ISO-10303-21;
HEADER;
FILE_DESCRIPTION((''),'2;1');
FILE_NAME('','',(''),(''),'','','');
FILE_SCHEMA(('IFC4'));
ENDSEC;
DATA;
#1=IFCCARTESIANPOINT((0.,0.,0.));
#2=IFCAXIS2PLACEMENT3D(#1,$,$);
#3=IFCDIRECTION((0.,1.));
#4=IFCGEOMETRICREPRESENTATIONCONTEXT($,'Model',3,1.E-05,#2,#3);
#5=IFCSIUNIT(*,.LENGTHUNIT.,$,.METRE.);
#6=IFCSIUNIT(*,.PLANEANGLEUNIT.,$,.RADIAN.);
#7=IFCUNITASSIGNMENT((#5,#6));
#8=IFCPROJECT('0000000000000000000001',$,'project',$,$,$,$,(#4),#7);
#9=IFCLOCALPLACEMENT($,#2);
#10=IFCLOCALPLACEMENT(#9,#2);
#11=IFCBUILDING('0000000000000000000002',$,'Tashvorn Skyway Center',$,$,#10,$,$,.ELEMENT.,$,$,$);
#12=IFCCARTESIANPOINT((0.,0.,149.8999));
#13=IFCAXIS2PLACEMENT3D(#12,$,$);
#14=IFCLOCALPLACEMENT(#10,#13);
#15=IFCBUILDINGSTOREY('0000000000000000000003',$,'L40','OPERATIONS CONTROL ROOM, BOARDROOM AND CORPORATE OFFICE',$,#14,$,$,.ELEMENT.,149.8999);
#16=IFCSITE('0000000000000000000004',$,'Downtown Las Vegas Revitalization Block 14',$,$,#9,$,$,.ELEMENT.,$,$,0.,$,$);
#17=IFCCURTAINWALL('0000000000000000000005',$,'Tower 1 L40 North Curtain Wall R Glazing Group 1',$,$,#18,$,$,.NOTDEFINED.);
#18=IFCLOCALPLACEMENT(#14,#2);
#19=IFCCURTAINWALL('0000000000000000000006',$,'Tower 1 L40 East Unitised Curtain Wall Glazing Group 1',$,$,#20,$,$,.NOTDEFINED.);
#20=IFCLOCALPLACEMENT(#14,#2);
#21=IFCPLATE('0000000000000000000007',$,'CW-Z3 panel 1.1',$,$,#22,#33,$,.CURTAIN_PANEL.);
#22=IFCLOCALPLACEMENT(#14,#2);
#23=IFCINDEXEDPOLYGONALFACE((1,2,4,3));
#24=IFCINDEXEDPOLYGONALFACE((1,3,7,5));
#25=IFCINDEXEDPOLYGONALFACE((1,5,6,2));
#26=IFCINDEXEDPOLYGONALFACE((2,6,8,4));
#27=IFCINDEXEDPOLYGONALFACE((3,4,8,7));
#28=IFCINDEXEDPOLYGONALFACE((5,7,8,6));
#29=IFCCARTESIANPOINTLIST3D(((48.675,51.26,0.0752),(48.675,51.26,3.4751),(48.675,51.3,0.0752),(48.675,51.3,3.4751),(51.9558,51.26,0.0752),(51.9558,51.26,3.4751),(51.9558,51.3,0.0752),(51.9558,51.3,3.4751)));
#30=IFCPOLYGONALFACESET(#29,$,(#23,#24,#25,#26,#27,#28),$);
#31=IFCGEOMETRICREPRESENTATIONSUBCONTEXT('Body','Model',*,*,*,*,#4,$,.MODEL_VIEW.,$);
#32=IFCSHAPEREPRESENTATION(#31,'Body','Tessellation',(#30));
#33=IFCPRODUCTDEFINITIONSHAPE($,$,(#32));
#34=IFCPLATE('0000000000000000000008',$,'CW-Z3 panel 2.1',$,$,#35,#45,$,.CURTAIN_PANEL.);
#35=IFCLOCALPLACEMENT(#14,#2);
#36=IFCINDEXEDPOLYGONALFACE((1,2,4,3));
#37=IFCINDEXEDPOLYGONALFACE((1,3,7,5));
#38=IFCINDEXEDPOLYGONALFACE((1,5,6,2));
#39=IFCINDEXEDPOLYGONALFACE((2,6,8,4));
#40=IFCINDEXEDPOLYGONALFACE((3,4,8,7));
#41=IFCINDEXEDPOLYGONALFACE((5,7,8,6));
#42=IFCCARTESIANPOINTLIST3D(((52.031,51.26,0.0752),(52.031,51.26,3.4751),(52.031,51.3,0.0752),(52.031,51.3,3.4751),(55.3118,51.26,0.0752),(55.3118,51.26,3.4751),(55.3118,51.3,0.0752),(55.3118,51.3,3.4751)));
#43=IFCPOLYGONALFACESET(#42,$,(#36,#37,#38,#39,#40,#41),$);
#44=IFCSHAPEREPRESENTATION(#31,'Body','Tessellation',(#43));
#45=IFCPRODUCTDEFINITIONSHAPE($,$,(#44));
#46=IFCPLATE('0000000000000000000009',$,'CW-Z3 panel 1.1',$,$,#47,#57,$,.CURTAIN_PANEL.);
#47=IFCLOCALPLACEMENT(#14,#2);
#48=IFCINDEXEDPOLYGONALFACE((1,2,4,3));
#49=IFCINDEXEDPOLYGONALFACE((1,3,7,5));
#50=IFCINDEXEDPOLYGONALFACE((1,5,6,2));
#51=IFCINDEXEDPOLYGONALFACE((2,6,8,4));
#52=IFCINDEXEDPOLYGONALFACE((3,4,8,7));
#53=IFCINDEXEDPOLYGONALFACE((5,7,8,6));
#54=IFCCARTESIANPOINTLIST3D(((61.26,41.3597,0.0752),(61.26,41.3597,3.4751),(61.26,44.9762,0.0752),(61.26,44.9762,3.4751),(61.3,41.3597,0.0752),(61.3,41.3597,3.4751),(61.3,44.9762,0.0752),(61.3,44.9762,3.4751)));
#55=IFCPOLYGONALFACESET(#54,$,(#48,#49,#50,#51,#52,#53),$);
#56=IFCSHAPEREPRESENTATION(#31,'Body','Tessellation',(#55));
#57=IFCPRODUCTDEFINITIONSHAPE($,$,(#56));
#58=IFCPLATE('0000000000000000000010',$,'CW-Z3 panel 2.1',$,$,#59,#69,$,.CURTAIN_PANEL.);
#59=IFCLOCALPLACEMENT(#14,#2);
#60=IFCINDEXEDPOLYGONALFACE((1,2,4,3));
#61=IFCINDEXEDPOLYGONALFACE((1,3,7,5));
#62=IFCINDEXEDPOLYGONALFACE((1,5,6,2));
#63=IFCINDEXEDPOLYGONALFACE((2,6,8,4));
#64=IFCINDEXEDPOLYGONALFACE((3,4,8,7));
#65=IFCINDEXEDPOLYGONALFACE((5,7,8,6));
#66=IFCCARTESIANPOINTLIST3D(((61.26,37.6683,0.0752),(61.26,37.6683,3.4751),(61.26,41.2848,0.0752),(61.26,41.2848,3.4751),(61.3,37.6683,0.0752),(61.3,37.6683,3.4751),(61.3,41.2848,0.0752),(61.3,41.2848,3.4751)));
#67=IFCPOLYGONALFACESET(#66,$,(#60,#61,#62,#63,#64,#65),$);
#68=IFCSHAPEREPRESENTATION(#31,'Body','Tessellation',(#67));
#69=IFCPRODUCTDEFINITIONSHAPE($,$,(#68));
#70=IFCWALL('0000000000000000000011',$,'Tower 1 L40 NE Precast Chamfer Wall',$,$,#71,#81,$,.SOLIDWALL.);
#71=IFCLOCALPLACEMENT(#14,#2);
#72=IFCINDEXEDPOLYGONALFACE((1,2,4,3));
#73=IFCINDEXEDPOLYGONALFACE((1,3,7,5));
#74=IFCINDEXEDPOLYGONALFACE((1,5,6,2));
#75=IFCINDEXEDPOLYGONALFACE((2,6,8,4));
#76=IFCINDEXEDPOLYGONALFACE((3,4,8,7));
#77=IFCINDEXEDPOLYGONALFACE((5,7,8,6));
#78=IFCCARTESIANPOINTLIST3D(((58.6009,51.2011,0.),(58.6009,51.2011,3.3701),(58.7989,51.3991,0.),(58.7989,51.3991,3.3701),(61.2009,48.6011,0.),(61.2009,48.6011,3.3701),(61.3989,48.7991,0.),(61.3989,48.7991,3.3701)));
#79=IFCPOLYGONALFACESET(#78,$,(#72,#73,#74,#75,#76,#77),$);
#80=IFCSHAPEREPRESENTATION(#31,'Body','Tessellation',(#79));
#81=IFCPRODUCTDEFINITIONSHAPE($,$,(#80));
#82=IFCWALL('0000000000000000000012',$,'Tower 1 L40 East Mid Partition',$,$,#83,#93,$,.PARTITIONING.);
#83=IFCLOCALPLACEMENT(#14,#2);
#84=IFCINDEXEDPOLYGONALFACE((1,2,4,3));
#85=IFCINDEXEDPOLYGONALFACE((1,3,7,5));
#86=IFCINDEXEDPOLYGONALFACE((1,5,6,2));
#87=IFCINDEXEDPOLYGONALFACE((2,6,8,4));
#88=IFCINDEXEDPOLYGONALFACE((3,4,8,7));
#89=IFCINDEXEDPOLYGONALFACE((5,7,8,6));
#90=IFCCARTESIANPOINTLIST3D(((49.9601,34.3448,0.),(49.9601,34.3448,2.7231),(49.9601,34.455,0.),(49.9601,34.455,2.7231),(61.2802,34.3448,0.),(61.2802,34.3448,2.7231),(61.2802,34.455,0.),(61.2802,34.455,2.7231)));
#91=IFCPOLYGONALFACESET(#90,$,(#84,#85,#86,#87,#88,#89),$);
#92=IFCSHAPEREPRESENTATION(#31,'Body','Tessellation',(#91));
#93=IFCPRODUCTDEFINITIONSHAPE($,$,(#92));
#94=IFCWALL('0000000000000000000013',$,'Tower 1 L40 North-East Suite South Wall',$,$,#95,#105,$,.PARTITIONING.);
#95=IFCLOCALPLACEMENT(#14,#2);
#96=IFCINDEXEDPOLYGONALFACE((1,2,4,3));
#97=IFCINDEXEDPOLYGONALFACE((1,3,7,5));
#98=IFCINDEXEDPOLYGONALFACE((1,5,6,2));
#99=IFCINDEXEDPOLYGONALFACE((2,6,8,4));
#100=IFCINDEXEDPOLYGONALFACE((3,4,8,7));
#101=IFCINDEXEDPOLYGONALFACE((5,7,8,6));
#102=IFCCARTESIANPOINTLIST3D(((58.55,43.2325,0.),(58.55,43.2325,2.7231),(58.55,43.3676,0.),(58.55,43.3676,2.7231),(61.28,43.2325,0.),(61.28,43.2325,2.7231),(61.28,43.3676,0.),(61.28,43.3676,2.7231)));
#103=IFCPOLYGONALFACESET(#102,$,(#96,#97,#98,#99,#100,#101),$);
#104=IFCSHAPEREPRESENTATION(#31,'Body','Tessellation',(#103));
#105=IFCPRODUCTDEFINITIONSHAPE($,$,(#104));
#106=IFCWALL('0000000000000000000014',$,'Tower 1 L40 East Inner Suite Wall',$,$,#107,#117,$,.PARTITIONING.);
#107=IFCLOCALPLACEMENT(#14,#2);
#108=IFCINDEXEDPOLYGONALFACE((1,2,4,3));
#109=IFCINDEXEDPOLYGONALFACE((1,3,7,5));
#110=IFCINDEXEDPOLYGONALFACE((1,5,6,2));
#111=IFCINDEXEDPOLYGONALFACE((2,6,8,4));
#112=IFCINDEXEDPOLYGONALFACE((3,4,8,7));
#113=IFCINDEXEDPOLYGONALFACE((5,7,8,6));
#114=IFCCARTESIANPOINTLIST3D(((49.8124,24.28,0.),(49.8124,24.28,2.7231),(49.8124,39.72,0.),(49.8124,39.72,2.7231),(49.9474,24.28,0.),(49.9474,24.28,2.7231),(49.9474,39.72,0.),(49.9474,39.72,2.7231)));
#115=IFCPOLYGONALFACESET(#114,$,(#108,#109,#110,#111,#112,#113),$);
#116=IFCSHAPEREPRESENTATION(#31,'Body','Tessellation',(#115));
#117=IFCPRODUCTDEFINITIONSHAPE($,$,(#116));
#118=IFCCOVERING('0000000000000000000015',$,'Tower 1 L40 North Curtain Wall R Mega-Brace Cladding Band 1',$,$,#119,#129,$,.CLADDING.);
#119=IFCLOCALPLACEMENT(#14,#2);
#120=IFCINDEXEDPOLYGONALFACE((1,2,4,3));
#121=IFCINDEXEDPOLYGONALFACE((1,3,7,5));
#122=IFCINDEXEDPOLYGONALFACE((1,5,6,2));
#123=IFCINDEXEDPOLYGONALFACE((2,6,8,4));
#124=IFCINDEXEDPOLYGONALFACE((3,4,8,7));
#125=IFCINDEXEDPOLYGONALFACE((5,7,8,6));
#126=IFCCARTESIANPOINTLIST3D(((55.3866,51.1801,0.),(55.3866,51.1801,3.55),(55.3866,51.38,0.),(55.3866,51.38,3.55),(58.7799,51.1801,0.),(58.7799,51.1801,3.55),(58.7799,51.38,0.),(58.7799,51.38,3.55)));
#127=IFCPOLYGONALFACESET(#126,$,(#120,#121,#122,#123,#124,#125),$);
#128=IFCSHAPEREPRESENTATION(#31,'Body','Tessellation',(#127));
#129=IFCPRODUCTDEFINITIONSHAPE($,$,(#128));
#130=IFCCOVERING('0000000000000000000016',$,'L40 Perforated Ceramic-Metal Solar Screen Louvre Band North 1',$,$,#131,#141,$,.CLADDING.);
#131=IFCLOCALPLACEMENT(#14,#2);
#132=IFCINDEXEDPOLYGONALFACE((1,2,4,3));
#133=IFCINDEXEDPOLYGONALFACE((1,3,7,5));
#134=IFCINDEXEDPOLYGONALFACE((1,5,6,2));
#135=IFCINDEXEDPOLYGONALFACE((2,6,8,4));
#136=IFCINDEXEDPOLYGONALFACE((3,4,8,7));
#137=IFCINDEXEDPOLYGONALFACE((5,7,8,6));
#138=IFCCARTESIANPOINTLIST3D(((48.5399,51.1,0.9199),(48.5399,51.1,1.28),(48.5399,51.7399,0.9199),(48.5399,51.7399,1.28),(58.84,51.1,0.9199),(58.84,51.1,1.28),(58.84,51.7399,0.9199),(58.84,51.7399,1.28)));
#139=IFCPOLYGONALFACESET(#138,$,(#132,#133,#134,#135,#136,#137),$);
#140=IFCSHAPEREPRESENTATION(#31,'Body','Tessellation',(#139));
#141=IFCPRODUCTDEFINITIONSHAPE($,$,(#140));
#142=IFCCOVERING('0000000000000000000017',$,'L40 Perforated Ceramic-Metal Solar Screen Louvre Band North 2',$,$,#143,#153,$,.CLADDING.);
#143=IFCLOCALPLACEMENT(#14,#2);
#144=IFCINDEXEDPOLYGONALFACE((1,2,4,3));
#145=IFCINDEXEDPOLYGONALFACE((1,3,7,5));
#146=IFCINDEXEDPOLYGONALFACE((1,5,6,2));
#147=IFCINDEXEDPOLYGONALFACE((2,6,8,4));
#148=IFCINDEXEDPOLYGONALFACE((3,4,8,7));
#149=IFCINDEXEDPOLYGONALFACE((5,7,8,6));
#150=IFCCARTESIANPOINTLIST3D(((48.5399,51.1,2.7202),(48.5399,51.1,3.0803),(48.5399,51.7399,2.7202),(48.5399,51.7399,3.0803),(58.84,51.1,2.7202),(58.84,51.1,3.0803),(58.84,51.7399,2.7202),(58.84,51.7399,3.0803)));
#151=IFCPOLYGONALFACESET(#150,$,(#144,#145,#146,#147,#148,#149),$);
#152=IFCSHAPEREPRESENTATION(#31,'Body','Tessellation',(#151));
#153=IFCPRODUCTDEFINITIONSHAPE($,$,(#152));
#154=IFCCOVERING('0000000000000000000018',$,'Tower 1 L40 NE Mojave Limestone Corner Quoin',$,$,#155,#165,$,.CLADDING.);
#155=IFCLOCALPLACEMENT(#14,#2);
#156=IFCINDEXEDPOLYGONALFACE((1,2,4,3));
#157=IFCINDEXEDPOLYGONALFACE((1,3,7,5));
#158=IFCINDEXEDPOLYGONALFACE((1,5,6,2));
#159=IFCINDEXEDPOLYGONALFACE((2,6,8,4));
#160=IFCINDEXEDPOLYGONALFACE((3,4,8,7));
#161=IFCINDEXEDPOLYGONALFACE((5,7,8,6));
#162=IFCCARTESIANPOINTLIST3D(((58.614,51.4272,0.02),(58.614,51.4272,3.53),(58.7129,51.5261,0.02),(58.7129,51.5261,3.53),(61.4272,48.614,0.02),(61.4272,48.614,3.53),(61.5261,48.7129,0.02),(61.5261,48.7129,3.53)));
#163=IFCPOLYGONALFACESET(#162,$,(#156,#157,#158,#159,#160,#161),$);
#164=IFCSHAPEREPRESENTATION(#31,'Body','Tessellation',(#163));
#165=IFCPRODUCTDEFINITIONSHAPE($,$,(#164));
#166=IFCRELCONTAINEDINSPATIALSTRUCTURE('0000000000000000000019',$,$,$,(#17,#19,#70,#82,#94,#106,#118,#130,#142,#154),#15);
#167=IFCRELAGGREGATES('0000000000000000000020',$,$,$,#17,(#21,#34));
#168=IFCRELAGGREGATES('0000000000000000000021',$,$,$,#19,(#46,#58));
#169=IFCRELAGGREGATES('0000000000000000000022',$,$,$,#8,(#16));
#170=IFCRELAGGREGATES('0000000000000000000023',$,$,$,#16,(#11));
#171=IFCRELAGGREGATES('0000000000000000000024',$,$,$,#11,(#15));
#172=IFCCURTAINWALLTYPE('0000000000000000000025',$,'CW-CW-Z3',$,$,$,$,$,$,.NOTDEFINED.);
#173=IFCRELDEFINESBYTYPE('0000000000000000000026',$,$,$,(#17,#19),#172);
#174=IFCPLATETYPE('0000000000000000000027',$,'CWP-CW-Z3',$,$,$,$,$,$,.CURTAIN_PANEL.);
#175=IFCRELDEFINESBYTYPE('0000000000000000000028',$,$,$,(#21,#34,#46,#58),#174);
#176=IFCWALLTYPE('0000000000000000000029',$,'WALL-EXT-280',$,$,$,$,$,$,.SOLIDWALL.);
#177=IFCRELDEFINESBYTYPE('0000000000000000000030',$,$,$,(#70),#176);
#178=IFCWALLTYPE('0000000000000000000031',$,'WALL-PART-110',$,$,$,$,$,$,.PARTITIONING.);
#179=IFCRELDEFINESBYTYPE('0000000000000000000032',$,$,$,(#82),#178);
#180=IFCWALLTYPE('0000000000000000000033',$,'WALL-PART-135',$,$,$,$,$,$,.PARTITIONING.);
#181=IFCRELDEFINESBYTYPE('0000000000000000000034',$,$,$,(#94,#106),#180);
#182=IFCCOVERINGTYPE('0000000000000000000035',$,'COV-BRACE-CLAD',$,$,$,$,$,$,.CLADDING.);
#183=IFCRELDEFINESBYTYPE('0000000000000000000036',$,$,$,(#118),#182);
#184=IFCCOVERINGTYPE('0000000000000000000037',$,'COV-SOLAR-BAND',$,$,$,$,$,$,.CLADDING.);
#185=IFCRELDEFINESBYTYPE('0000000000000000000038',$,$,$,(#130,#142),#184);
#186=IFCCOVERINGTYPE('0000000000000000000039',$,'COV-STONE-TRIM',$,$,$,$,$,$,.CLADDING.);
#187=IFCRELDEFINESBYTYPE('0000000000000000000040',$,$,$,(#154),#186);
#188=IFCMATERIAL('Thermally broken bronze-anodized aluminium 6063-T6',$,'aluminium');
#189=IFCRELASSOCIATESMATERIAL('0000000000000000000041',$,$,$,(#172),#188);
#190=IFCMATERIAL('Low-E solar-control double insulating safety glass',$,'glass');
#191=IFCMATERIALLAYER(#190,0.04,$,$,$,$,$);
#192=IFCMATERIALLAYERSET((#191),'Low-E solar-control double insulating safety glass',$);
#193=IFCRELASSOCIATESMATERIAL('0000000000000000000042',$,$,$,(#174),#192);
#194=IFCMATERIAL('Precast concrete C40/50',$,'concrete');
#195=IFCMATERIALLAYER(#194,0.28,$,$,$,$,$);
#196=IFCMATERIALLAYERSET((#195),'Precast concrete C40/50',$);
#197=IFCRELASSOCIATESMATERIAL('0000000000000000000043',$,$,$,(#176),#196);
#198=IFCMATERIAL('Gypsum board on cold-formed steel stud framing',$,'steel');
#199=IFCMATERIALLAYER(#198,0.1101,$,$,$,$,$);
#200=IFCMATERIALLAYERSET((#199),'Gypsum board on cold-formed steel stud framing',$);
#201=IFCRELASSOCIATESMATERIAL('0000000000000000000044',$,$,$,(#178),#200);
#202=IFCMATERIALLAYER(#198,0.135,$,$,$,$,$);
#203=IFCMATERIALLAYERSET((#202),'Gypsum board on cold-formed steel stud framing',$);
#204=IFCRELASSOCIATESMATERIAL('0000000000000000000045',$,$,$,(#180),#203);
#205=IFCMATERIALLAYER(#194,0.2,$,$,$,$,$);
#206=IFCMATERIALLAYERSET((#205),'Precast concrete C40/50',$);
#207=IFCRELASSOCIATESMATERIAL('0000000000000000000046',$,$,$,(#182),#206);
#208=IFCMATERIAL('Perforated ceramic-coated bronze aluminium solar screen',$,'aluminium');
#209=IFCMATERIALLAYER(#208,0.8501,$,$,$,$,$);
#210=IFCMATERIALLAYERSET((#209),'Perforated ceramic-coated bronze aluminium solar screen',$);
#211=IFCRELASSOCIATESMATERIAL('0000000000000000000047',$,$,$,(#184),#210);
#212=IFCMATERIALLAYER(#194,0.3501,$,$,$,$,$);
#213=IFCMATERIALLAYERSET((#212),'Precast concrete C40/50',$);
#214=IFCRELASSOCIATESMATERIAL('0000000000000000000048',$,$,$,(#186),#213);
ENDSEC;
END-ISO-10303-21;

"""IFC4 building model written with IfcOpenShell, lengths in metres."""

from ifc_helpers import new_model, si_unit, direction, frame, frame_2d, origin, origin_2d, place, context, subcontext, project, spatial, rectangle, extrude, material, layer, layer_set, type_object, element, aggregate, save


model = new_model("IFC4")

# Units and contexts
model_context = context("Model", 3, precision=1e-05, world=origin(), true_north=direction((0.0, 1.0)))
body_context = subcontext(model_context, "Body", "Model", "MODEL_VIEW")
ifc_project = project(units=[si_unit("LENGTHUNIT", "METRE"), si_unit("PLANEANGLEUNIT", "RADIAN")], contexts=[model_context])

# Site, building, storey
site_placement = place(None, origin())
site = spatial("IfcSite", under=ifc_project, at=site_placement, Name="Downtown Las Vegas Revitalization Block 14", CompositionType="ELEMENT", RefElevation=0.0)
building_placement = place(site_placement, origin())
building = spatial("IfcBuilding", under=site, at=building_placement, Name="Tashvorn Skyway Center", CompositionType="ELEMENT")
storey_placement = place(building_placement, frame((0.0, 0.0, 149.8999)))
storey = spatial("IfcBuildingStorey", under=building, at=storey_placement, Name="L40", Description="OPERATIONS CONTROL ROOM, BOARDROOM AND CORPORATE OFFICE", CompositionType="ELEMENT", Elevation=149.8999)

# Curtain walls
ifc_material_1 = material(Name="Thermally broken bronze-anodized aluminium 6063-T6", Category="aluminium")
curtain_wall_type = type_object("IfcCurtainWallType", Name="CW-CW-Z3", PredefinedType="NOTDEFINED", material=ifc_material_1)
curtain_wall_1_placement = place(storey_placement, origin())
curtain_wall_1 = element("IfcCurtainWall", 1, at=curtain_wall_1_placement, inside=storey, type_object=curtain_wall_type, Name="Tower 1 L40 North Curtain Wall R Glazing Group 1", PredefinedType="NOTDEFINED")
curtain_wall_2_placement = place(storey_placement, origin())
curtain_wall_2 = element("IfcCurtainWall", 2, at=curtain_wall_2_placement, inside=storey, type_object=curtain_wall_type, Name="Tower 1 L40 East Unitised Curtain Wall Glazing Group 1", PredefinedType="NOTDEFINED")

# Plates
ifc_material_2 = material(Name="Low-E solar-control double insulating safety glass", Category="glass")
ifc_layer_1 = layer(ifc_material_2, 0.04)
ifc_layer_set_1 = layer_set([ifc_layer_1], Name="Low-E solar-control double insulating safety glass")
plate_type = type_object("IfcPlateType", Name="CWP-CW-Z3", PredefinedType="CURTAIN_PANEL", material=ifc_layer_set_1)
plate_1_placement = place(storey_placement, frame((50.3154, 51.28, 0.0752), z_axis=(0.0, 0.0, 1.0), x_axis=(1.0, 0.0, 0.0)))
plate_1 = element("IfcPlate", 3, at=plate_1_placement, type_object=plate_type, Name="CW-Z3 panel 1.1", PredefinedType="CURTAIN_PANEL", context=body_context, shape_type="SweptSolid", body=[
    extrude(rectangle(XDim=3.2808, YDim=0.04, at=origin_2d()), origin(), (0.0, 0.0, 1.0), 3.3999),
])
plate_2_placement = place(storey_placement, frame((53.6714, 51.28, 0.0752), z_axis=(0.0, 0.0, 1.0), x_axis=(1.0, 0.0, 0.0)))
plate_2 = element("IfcPlate", 4, at=plate_2_placement, type_object=plate_type, Name="CW-Z3 panel 2.1", PredefinedType="CURTAIN_PANEL", context=body_context, shape_type="SweptSolid", body=[
    extrude(rectangle(XDim=3.2808, YDim=0.04, at=origin_2d()), origin(), (0.0, 0.0, 1.0), 3.3999),
])
aggregate(curtain_wall_1, [plate_1, plate_2])
plate_3_placement = place(storey_placement, frame((61.28, 43.168, 0.0752), z_axis=(0.0, 0.0, 1.0), x_axis=(0.0, -1.0, 0.0)))
plate_3 = element("IfcPlate", 5, at=plate_3_placement, type_object=plate_type, Name="CW-Z3 panel 1.1", PredefinedType="CURTAIN_PANEL", context=body_context, shape_type="SweptSolid", body=[
    extrude(rectangle(XDim=3.6165, YDim=0.04, at=origin_2d()), origin(), (0.0, 0.0, 1.0), 3.3999),
])
plate_4_placement = place(storey_placement, frame((61.28, 39.4766, 0.0752), z_axis=(0.0, 0.0, 1.0), x_axis=(0.0, -1.0, 0.0)))
plate_4 = element("IfcPlate", 6, at=plate_4_placement, type_object=plate_type, Name="CW-Z3 panel 2.1", PredefinedType="CURTAIN_PANEL", context=body_context, shape_type="SweptSolid", body=[
    extrude(rectangle(XDim=3.6165, YDim=0.04, at=origin_2d()), origin(), (0.0, 0.0, 1.0), 3.3999),
])
aggregate(curtain_wall_2, [plate_3, plate_4])

# Walls
ifc_material_3 = material(Name="Precast concrete C40/50", Category="concrete")
ifc_layer_2 = layer(ifc_material_3, 0.28)
ifc_layer_set_2 = layer_set([ifc_layer_2], Name="Precast concrete C40/50")
wall_type_1 = type_object("IfcWallType", Name="WALL-EXT-280", PredefinedType="SOLIDWALL", material=ifc_layer_set_2)
wall_1_placement = place(storey_placement, frame((58.7, 51.3, 0.0), z_axis=(0.0, 0.0, 1.0), x_axis=(0.707107, -0.707107, 0.0)))
element("IfcWall", 7, at=wall_1_placement, inside=storey, type_object=wall_type_1, Name="Tower 1 L40 NE Precast Chamfer Wall", PredefinedType="SOLIDWALL", context=body_context, shape_type="SweptSolid", body=[
    extrude(rectangle(XDim=3.677, YDim=0.28, at=frame_2d((1.8384, 0.0))), origin(), (0.0, 0.0, 1.0), 3.3701),
])
ifc_material_4 = material(Name="Gypsum board on cold-formed steel stud framing", Category="steel")
ifc_layer_3 = layer(ifc_material_4, 0.1101)
ifc_layer_set_3 = layer_set([ifc_layer_3], Name="Gypsum board on cold-formed steel stud framing")
wall_type_2 = type_object("IfcWallType", Name="WALL-PART-110", PredefinedType="PARTITIONING", material=ifc_layer_set_3)
wall_2_placement = place(storey_placement, frame((49.96, 34.3999, 0.0), z_axis=(0.0, 0.0, 1.0), x_axis=(1.0, 0.0, 0.0)))
element("IfcWall", 8, at=wall_2_placement, inside=storey, type_object=wall_type_2, Name="Tower 1 L40 East Mid Partition", PredefinedType="PARTITIONING", context=body_context, shape_type="SweptSolid", body=[
    extrude(rectangle(XDim=11.3201, YDim=0.1101, at=frame_2d((5.6602, 0.0))), origin(), (0.0, 0.0, 1.0), 2.7231),
])
ifc_layer_4 = layer(ifc_material_4, 0.135)
ifc_layer_set_4 = layer_set([ifc_layer_4], Name="Gypsum board on cold-formed steel stud framing")
wall_type_3 = type_object("IfcWallType", Name="WALL-PART-135", PredefinedType="PARTITIONING", material=ifc_layer_set_4)
wall_3_placement = place(storey_placement, frame((58.55, 43.3, 0.0), z_axis=(0.0, 0.0, 1.0), x_axis=(1.0, 0.0, 0.0)))
element("IfcWall", 9, at=wall_3_placement, inside=storey, type_object=wall_type_3, Name="Tower 1 L40 North-East Suite South Wall", PredefinedType="PARTITIONING", context=body_context, shape_type="SweptSolid", body=[
    extrude(rectangle(XDim=2.73, YDim=0.135, at=frame_2d((1.365, 0.0))), origin(), (0.0, 0.0, 1.0), 2.7231),
])
wall_4_placement = place(storey_placement, frame((49.8799, 39.72, 0.0), z_axis=(0.0, 0.0, 1.0), x_axis=(0.0, -1.0, 0.0)))
element("IfcWall", 10, at=wall_4_placement, inside=storey, type_object=wall_type_3, Name="Tower 1 L40 East Inner Suite Wall", PredefinedType="PARTITIONING", context=body_context, shape_type="SweptSolid", body=[
    extrude(rectangle(XDim=15.4399, YDim=0.135, at=frame_2d((7.72, 0.0))), origin(), (0.0, 0.0, 1.0), 2.7231),
])

# Coverings
ifc_layer_5 = layer(ifc_material_3, 0.2)
ifc_layer_set_5 = layer_set([ifc_layer_5], Name="Precast concrete C40/50")
covering_type_1 = type_object("IfcCoveringType", Name="COV-BRACE-CLAD", PredefinedType="CLADDING", material=ifc_layer_set_5)
covering_1_placement = place(storey_placement, frame((57.0833, 51.28, 0.0), z_axis=(0.0, 0.0, 1.0), x_axis=(1.0, 0.0, 0.0)))
element("IfcCovering", 11, at=covering_1_placement, inside=storey, type_object=covering_type_1, Name="Tower 1 L40 North Curtain Wall R Mega-Brace Cladding Band 1", PredefinedType="CLADDING", context=body_context, shape_type="SweptSolid", body=[
    extrude(rectangle(XDim=3.3933, YDim=0.2, at=origin_2d()), origin(), (0.0, 0.0, 1.0), 3.55),
])
ifc_material_5 = material(Name="Perforated ceramic-coated bronze aluminium solar screen", Category="aluminium")
ifc_layer_6 = layer(ifc_material_5, 0.8501)
ifc_layer_set_6 = layer_set([ifc_layer_6], Name="Perforated ceramic-coated bronze aluminium solar screen")
covering_type_2 = type_object("IfcCoveringType", Name="COV-SOLAR-BAND", PredefinedType="CLADDING", material=ifc_layer_set_6)
for number, where, z_axis, x_axis, name in (
    (12, (53.6899, 51.4199, 0.9199), (0.0, 0.0, 1.0), (1.0, 0.0, 0.0), "L40 Perforated Ceramic-Metal Solar Screen Louvre Band North 1"),
    (13, (53.6899, 51.4199, 2.7202), (0.0, 0.0, 1.0), (1.0, 0.0, 0.0), "L40 Perforated Ceramic-Metal Solar Screen Louvre Band North 2"),
):
    element("IfcCovering", number, at=place(storey_placement, frame(where, z_axis=z_axis, x_axis=x_axis)), inside=storey, type_object=covering_type_2, Name=name, PredefinedType="CLADDING", context=body_context, shape_type="SweptSolid", body=[
        extrude(rectangle(XDim=10.3, YDim=0.6399, at=origin_2d()), origin(), (0.0, 0.0, 1.0), 0.3601),
    ])
ifc_layer_7 = layer(ifc_material_3, 0.3501)
ifc_layer_set_7 = layer_set([ifc_layer_7], Name="Precast concrete C40/50")
covering_type_3 = type_object("IfcCoveringType", Name="COV-STONE-TRIM", PredefinedType="CLADDING", material=ifc_layer_set_7)
covering_2_placement = place(storey_placement, frame((60.0701, 50.0701, 0.02), z_axis=(0.0, 0.0, 1.0), x_axis=(0.707107, -0.707107, 0.0)))
element("IfcCovering", 14, at=covering_2_placement, inside=storey, type_object=covering_type_3, Name="Tower 1 L40 NE Mojave Limestone Corner Quoin", PredefinedType="CLADDING", context=body_context, shape_type="SweptSolid", body=[
    extrude(rectangle(XDim=3.9785, YDim=0.1399, at=origin_2d()), origin(), (0.0, 0.0, 1.0), 3.51),
])

save(model, "model.ifc")
